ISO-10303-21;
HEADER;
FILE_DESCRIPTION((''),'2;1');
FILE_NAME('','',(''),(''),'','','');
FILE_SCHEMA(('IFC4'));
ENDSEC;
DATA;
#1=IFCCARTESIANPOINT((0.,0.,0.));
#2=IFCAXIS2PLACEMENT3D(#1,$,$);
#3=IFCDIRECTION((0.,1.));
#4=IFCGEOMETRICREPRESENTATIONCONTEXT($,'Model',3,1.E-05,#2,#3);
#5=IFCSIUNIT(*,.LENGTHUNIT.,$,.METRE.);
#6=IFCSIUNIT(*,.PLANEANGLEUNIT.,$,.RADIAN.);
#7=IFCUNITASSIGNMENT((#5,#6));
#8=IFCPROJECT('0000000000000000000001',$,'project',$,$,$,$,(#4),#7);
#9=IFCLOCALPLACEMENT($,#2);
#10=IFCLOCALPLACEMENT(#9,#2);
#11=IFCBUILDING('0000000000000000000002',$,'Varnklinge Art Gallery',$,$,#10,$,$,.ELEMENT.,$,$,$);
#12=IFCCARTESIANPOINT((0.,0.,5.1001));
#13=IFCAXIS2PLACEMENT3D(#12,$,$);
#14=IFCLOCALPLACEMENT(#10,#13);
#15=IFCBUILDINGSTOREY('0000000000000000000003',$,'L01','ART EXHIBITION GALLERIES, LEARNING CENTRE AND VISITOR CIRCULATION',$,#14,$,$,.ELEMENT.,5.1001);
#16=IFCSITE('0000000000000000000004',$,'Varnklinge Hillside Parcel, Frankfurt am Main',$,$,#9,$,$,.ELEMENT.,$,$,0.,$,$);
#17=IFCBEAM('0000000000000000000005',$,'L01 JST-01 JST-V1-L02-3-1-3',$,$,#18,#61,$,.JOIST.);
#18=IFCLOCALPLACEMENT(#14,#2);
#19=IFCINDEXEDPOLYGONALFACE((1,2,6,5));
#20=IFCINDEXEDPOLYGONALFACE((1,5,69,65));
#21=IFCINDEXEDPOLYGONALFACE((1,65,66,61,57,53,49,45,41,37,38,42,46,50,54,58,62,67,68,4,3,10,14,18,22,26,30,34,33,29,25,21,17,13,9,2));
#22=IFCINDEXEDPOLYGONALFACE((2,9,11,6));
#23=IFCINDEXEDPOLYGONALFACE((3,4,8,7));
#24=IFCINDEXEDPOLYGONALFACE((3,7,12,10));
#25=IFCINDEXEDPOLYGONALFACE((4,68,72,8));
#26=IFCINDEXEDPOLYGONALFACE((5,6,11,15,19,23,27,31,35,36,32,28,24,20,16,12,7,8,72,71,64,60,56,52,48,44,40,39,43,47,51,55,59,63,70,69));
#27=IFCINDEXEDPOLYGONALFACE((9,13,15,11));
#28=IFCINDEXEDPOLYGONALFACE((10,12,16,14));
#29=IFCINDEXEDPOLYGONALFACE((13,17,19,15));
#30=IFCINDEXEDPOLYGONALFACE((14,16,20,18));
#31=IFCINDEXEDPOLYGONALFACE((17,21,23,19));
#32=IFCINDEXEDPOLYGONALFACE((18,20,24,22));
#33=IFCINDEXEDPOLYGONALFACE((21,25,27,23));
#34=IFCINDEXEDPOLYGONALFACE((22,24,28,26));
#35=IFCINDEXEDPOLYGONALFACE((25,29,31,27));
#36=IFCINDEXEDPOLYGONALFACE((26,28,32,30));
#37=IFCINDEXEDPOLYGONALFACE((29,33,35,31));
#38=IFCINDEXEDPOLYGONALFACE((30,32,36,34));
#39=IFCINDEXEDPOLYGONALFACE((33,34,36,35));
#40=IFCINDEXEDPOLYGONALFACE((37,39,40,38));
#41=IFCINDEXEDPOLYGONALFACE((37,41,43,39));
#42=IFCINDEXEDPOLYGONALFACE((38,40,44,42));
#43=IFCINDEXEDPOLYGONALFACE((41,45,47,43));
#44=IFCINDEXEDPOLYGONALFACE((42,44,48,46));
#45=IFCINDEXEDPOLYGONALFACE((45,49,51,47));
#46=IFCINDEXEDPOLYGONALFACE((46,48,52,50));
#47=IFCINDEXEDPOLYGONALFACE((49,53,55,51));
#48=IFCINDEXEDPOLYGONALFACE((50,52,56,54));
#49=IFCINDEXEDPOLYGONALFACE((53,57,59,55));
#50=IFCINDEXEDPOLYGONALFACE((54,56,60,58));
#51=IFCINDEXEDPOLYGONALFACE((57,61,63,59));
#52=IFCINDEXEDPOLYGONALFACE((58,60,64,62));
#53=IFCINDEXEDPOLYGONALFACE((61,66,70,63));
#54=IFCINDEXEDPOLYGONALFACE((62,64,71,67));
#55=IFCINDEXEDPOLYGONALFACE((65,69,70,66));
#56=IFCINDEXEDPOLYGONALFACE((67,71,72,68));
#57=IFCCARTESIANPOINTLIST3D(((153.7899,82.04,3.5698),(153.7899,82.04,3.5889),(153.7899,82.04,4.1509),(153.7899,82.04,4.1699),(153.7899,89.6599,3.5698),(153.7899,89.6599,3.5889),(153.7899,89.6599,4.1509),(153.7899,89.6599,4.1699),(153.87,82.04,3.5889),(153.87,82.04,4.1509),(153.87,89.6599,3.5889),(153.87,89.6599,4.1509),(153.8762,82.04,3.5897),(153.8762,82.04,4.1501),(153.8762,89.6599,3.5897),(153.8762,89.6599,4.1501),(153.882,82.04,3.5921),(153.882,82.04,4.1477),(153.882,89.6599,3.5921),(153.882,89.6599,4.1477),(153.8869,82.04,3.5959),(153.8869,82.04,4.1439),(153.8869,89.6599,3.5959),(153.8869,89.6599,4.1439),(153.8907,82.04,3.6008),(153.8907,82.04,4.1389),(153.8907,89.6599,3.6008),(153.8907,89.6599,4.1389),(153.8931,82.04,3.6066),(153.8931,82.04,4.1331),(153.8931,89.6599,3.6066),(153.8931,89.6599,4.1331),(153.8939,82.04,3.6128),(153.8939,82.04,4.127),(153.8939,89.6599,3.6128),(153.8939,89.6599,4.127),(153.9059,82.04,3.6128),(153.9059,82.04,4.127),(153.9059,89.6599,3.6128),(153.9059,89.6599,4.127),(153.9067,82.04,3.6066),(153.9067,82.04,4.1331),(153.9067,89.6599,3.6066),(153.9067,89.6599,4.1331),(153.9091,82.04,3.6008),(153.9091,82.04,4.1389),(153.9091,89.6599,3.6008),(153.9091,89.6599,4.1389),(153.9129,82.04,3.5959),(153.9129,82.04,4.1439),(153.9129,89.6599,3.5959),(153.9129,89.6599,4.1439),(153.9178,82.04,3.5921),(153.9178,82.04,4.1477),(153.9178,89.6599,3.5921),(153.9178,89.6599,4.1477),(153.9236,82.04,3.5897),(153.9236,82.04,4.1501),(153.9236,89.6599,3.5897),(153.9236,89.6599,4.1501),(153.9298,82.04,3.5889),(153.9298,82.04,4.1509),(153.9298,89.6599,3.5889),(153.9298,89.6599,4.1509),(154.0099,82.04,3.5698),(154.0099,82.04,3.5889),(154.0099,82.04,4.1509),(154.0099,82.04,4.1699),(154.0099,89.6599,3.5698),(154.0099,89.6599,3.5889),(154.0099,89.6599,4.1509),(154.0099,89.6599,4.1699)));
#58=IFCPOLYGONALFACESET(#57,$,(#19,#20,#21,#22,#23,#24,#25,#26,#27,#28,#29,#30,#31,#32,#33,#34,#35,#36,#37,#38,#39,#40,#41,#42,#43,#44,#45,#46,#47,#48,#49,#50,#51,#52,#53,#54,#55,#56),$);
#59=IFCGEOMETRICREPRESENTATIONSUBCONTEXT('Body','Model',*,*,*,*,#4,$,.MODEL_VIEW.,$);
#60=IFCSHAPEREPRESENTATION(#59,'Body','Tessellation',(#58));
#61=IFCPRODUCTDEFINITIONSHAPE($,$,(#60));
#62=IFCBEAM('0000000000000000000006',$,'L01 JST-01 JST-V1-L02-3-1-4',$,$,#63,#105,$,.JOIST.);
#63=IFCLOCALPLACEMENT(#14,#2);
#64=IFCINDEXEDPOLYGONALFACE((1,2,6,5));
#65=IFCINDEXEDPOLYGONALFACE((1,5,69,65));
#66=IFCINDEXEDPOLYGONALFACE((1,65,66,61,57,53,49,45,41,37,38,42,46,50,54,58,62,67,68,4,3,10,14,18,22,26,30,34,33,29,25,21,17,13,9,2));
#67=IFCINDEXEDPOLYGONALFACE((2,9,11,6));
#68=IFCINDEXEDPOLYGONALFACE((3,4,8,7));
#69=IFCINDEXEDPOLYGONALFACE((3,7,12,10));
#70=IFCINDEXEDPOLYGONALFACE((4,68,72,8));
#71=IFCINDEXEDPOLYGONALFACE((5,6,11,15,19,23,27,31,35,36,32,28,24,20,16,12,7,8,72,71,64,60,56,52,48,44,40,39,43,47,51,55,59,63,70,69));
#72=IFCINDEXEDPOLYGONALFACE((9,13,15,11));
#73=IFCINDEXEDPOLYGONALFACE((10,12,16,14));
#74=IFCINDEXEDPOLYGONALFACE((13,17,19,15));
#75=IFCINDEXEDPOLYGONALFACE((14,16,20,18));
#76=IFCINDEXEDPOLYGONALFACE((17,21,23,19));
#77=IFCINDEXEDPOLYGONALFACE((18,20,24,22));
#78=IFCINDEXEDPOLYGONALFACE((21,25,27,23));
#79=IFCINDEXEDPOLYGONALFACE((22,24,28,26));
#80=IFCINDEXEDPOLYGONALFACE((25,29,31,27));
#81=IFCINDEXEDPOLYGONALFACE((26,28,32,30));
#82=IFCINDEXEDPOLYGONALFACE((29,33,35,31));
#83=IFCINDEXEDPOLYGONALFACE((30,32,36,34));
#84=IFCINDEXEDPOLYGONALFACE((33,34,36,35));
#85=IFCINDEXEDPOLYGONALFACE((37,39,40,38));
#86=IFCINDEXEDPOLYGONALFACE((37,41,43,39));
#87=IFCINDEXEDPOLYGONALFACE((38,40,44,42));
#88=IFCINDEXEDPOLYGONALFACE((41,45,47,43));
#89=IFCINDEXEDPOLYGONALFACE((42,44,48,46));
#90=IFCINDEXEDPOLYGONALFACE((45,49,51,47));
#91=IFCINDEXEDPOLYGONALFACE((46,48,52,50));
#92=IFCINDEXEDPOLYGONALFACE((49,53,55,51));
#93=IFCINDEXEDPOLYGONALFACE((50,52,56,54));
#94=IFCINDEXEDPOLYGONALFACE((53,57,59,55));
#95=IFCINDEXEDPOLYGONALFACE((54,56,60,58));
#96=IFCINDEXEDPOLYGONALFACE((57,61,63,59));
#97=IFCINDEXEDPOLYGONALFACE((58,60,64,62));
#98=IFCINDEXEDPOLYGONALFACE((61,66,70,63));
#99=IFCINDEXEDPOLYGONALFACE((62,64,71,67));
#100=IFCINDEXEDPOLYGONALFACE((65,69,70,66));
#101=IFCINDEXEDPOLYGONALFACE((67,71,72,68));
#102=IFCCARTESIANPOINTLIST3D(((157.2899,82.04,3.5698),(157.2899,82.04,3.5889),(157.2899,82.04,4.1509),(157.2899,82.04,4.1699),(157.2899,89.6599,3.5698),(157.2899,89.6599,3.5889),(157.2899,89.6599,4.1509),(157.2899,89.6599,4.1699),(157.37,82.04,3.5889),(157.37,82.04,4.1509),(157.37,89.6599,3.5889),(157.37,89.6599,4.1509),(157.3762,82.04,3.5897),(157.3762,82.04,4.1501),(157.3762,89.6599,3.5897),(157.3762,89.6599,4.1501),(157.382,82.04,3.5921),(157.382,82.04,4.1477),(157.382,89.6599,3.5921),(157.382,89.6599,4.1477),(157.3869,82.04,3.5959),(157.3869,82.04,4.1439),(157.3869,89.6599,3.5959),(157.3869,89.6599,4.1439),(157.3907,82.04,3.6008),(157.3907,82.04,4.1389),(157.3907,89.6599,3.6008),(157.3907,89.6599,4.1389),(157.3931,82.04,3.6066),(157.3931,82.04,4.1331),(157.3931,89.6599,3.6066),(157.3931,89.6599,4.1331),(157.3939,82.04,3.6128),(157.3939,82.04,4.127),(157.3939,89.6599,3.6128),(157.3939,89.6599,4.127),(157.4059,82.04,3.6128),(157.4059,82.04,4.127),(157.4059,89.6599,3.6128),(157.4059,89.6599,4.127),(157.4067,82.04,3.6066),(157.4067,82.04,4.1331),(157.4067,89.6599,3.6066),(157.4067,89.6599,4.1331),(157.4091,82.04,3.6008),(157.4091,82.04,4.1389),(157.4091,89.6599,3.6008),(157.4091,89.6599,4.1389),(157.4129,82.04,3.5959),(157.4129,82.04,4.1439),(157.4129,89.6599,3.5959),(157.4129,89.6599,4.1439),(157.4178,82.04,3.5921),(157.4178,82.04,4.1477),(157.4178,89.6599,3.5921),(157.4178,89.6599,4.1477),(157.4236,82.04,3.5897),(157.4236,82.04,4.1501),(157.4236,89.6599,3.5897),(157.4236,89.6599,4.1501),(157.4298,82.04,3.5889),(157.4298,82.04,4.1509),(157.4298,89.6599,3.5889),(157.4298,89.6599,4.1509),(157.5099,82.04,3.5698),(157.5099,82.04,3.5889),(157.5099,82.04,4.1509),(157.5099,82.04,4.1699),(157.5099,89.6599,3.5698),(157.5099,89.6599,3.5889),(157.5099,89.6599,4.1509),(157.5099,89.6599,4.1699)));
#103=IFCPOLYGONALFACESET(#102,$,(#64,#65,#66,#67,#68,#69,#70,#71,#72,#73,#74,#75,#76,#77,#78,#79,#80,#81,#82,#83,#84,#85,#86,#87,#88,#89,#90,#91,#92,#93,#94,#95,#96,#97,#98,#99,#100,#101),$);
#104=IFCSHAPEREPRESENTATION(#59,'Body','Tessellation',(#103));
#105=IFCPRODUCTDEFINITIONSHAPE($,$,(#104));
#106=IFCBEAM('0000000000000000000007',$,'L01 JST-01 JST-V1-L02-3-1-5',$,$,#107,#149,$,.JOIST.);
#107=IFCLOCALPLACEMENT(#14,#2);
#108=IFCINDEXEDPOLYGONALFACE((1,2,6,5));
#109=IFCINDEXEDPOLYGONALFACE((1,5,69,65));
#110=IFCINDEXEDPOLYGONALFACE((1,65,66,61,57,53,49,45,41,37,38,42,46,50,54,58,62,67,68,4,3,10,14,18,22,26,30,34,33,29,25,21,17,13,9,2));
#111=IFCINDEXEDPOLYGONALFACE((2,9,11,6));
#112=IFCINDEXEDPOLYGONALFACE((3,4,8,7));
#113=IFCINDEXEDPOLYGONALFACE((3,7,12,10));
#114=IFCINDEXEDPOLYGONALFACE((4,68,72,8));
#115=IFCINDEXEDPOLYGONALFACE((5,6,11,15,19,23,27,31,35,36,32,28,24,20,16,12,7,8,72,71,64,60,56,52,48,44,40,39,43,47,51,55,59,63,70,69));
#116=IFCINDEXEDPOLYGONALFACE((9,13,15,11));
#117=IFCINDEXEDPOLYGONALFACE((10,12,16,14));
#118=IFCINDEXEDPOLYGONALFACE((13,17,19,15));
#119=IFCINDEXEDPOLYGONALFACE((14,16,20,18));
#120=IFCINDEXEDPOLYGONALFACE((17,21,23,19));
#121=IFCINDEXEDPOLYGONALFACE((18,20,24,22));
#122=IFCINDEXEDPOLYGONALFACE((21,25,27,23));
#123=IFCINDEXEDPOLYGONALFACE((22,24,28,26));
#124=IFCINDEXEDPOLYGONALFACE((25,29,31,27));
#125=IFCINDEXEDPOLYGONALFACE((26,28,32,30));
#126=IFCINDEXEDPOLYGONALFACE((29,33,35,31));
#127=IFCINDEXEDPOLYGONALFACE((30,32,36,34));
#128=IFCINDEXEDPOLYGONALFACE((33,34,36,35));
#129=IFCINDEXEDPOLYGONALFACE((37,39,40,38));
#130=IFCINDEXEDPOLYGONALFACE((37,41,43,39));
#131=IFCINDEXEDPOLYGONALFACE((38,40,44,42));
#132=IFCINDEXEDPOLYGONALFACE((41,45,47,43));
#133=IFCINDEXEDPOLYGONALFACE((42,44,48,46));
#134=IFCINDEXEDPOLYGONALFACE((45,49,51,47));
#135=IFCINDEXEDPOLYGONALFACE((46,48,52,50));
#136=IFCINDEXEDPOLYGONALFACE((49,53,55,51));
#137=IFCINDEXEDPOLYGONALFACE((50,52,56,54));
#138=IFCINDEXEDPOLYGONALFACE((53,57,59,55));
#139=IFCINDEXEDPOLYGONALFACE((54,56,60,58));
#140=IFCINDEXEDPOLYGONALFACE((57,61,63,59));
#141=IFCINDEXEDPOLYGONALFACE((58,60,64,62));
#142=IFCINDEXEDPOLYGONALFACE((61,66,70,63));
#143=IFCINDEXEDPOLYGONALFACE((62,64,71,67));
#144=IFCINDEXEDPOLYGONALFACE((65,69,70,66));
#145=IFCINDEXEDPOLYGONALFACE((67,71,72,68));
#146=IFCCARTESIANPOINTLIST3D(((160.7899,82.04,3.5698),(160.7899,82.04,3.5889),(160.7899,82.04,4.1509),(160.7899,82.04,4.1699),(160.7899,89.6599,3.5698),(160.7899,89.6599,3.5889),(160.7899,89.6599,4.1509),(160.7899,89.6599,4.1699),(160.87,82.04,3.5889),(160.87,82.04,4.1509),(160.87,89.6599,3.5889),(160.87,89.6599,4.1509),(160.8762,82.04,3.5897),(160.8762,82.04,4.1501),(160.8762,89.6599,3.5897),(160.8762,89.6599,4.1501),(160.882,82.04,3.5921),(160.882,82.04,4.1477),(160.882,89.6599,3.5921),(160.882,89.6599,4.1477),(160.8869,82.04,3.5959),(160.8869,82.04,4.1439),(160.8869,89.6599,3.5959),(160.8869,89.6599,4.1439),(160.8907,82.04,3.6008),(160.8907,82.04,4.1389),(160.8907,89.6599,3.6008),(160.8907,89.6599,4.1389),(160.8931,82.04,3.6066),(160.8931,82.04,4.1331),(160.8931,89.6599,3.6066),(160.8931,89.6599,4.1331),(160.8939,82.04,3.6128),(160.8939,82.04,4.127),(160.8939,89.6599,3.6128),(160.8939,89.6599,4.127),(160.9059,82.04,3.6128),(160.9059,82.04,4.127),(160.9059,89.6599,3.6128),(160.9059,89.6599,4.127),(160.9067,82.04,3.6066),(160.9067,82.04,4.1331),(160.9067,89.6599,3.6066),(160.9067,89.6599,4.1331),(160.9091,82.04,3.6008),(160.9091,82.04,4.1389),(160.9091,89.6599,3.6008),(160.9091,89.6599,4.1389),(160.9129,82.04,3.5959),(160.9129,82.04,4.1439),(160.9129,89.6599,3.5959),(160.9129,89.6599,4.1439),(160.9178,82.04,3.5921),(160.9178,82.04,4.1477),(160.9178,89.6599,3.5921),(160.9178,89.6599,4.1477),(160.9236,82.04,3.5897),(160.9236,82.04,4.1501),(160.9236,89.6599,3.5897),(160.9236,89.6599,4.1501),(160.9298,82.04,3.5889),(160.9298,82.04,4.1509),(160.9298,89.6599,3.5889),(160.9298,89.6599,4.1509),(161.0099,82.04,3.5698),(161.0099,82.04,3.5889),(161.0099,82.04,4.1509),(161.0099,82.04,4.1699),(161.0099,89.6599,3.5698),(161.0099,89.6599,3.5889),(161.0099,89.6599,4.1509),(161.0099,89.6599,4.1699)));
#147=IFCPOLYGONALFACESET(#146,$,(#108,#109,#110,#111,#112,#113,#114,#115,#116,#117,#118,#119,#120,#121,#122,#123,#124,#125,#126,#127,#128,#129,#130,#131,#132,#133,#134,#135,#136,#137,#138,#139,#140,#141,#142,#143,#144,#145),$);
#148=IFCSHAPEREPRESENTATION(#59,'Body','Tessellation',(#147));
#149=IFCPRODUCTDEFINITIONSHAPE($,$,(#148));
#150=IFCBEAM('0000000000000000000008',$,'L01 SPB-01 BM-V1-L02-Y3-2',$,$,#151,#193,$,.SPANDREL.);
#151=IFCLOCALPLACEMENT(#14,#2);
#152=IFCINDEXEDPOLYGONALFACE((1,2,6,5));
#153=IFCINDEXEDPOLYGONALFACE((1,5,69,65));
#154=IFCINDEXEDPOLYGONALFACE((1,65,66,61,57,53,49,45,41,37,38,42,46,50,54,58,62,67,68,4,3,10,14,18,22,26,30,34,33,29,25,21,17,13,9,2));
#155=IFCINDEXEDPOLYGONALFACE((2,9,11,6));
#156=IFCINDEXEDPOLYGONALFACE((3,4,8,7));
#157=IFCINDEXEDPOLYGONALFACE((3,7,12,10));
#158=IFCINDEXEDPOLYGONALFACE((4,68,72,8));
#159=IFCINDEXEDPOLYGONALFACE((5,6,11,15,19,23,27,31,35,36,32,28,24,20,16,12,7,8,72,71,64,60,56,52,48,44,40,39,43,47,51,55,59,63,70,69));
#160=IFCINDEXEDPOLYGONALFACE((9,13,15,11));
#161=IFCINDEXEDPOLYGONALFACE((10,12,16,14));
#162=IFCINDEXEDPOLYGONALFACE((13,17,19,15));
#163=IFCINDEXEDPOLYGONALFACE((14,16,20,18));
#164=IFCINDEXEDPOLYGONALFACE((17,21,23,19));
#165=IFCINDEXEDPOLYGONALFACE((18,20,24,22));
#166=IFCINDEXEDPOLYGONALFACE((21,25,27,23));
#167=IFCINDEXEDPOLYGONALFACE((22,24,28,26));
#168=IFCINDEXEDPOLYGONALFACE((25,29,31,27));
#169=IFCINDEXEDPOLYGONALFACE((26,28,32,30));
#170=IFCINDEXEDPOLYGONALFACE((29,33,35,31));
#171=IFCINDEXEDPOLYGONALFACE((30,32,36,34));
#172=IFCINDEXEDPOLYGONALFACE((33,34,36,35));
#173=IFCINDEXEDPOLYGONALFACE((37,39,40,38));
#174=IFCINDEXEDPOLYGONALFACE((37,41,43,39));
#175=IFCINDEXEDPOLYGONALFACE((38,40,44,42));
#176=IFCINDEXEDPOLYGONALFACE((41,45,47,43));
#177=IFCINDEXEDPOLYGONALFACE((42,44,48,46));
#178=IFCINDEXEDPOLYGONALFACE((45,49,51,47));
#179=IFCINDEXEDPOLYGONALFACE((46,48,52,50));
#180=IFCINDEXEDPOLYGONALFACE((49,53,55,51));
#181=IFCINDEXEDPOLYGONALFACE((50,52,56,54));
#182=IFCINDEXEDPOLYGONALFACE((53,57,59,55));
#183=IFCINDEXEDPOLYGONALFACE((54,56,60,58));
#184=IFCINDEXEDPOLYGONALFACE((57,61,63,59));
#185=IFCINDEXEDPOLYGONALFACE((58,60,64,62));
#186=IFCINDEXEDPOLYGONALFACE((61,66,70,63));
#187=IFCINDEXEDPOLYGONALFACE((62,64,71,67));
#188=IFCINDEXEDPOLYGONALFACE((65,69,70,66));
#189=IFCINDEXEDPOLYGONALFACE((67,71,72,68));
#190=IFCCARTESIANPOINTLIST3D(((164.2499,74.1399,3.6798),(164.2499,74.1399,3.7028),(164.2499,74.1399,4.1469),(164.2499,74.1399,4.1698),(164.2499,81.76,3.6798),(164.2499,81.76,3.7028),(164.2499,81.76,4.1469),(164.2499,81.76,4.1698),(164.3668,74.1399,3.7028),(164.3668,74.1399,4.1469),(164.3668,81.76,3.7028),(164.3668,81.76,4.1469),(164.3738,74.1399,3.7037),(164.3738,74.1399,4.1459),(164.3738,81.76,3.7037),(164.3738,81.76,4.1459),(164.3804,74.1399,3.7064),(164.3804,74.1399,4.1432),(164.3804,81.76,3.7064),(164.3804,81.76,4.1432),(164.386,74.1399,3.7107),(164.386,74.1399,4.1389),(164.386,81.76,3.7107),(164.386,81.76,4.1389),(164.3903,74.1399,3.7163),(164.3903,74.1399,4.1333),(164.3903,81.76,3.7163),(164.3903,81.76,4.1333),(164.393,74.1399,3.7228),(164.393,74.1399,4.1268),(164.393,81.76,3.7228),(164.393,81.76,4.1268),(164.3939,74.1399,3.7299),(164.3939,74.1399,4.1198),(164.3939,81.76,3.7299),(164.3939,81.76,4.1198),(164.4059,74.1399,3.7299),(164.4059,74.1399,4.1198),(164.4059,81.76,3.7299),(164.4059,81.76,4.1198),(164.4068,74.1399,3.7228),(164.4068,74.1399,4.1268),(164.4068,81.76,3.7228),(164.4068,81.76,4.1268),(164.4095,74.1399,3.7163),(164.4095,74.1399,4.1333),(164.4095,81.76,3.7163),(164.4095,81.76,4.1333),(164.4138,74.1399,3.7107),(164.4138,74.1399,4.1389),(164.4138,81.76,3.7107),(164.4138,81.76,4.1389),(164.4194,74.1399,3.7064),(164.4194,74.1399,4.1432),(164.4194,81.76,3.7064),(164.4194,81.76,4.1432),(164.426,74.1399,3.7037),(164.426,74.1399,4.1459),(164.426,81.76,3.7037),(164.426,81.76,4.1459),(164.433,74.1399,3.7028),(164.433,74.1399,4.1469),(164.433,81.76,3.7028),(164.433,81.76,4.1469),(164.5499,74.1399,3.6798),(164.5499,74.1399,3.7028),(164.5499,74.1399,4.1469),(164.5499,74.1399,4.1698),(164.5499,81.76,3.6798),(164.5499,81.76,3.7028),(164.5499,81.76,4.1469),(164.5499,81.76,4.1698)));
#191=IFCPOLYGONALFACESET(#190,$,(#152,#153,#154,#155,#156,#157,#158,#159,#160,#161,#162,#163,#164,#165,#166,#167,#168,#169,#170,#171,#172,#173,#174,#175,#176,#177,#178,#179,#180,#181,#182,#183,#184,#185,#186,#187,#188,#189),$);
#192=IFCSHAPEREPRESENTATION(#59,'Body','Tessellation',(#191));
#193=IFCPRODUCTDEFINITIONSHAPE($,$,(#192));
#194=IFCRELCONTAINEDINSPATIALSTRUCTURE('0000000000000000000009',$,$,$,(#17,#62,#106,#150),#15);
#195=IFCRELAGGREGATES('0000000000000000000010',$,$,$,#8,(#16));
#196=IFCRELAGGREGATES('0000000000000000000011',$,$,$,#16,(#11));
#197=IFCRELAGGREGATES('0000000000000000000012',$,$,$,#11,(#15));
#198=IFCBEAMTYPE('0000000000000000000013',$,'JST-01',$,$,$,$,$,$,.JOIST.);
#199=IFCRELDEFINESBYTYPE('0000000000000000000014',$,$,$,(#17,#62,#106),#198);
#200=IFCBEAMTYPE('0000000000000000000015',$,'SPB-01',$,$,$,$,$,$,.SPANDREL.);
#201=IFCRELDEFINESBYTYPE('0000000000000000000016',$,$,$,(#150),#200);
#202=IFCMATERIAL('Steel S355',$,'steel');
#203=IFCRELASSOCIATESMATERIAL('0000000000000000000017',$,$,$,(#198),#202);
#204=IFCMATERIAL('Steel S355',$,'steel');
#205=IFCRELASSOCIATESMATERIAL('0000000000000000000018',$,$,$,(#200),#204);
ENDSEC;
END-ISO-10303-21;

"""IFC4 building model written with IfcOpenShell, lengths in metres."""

from ifc_helpers import new_model, si_unit, direction, frame, origin, origin_2d, place, context, subcontext, project, spatial, i_section, extrude, material, material_profile, profile_set, type_object, element, save


model = new_model("IFC4")

# Units and contexts
model_context = context("Model", 3, precision=1e-05, world=origin(), true_north=direction((0.0, 1.0)))
body_context = subcontext(model_context, "Body", "Model", "MODEL_VIEW")
ifc_project = project(units=[si_unit("LENGTHUNIT", "METRE"), si_unit("PLANEANGLEUNIT", "RADIAN")], contexts=[model_context])

# Site, building, storey
site_placement = place(None, origin())
site = spatial("IfcSite", under=ifc_project, at=site_placement, Name="Varnklinge Hillside Parcel, Frankfurt am Main", CompositionType="ELEMENT", RefElevation=0.0)
building_placement = place(site_placement, origin())
building = spatial("IfcBuilding", under=site, at=building_placement, Name="Varnklinge Art Gallery", CompositionType="ELEMENT")
storey_placement = place(building_placement, frame((0.0, 0.0, 5.1001)))
storey = spatial("IfcBuildingStorey", under=building, at=storey_placement, Name="L01", Description="ART EXHIBITION GALLERIES, LEARNING CENTRE AND VISITOR CIRCULATION", CompositionType="ELEMENT", Elevation=5.1001)

# Beams
ifc_material_1 = material(Name="Steel S355", Category="steel")
ifc_material_profile_1 = material_profile(ifc_material_1, i_section(OverallWidth=0.22, OverallDepth=0.6001, WebThickness=0.012, FlangeThickness=0.019, FilletRadius=0.0239, at=origin_2d()), Name="IPE 600")
ifc_profile_set_1 = profile_set([ifc_material_profile_1], Name="Steel S355")
beam_type_1 = type_object("IfcBeamType", Name="JST-01", PredefinedType="JOIST", material=ifc_profile_set_1)
for number, where, z_axis, x_axis, name in (
    (1, (153.8999, 82.04, 3.8699), (0.0, 1.0, 0.0), (-1.0, 0.0, 0.0), "L01 JST-01 JST-V1-L02-3-1-3"),
    (2, (157.3999, 82.04, 3.8699), (0.0, 1.0, 0.0), (-1.0, 0.0, 0.0), "L01 JST-01 JST-V1-L02-3-1-4"),
    (3, (160.8999, 82.04, 3.8699), (0.0, 1.0, 0.0), (-1.0, 0.0, 0.0), "L01 JST-01 JST-V1-L02-3-1-5"),
):
    element("IfcBeam", number, at=place(storey_placement, frame(where, z_axis=z_axis, x_axis=x_axis)), inside=storey, type_object=beam_type_1, Name=name, PredefinedType="JOIST", context=body_context, shape_type="SweptSolid", body=[
        extrude(i_section(OverallWidth=0.22, OverallDepth=0.6001, WebThickness=0.012, FlangeThickness=0.019, FilletRadius=0.0239, at=origin_2d()), origin(), (0.0, 0.0, 1.0), 7.6199),
    ])
ifc_material_2 = material(Name="Steel S355", Category="steel")
ifc_material_profile_2 = material_profile(ifc_material_2, i_section(OverallWidth=0.3, OverallDepth=0.49, WebThickness=0.012, FlangeThickness=0.0229, FilletRadius=0.0271, at=origin_2d()), Name="HEA 500")
ifc_profile_set_2 = profile_set([ifc_material_profile_2], Name="Steel S355")
beam_type_2 = type_object("IfcBeamType", Name="SPB-01", PredefinedType="SPANDREL", material=ifc_profile_set_2)
beam_1_placement = place(storey_placement, frame((164.3999, 74.1399, 3.9248), z_axis=(0.0, 1.0, 0.0), x_axis=(-1.0, 0.0, 0.0)))
element("IfcBeam", 4, at=beam_1_placement, inside=storey, type_object=beam_type_2, Name="L01 SPB-01 BM-V1-L02-Y3-2", PredefinedType="SPANDREL", context=body_context, shape_type="SweptSolid", body=[
    extrude(i_section(OverallWidth=0.3, OverallDepth=0.49, WebThickness=0.012, FlangeThickness=0.0229, FilletRadius=0.0271, at=origin_2d()), origin(), (0.0, 0.0, 1.0), 7.6201),
])

save(model, "model.ifc")
